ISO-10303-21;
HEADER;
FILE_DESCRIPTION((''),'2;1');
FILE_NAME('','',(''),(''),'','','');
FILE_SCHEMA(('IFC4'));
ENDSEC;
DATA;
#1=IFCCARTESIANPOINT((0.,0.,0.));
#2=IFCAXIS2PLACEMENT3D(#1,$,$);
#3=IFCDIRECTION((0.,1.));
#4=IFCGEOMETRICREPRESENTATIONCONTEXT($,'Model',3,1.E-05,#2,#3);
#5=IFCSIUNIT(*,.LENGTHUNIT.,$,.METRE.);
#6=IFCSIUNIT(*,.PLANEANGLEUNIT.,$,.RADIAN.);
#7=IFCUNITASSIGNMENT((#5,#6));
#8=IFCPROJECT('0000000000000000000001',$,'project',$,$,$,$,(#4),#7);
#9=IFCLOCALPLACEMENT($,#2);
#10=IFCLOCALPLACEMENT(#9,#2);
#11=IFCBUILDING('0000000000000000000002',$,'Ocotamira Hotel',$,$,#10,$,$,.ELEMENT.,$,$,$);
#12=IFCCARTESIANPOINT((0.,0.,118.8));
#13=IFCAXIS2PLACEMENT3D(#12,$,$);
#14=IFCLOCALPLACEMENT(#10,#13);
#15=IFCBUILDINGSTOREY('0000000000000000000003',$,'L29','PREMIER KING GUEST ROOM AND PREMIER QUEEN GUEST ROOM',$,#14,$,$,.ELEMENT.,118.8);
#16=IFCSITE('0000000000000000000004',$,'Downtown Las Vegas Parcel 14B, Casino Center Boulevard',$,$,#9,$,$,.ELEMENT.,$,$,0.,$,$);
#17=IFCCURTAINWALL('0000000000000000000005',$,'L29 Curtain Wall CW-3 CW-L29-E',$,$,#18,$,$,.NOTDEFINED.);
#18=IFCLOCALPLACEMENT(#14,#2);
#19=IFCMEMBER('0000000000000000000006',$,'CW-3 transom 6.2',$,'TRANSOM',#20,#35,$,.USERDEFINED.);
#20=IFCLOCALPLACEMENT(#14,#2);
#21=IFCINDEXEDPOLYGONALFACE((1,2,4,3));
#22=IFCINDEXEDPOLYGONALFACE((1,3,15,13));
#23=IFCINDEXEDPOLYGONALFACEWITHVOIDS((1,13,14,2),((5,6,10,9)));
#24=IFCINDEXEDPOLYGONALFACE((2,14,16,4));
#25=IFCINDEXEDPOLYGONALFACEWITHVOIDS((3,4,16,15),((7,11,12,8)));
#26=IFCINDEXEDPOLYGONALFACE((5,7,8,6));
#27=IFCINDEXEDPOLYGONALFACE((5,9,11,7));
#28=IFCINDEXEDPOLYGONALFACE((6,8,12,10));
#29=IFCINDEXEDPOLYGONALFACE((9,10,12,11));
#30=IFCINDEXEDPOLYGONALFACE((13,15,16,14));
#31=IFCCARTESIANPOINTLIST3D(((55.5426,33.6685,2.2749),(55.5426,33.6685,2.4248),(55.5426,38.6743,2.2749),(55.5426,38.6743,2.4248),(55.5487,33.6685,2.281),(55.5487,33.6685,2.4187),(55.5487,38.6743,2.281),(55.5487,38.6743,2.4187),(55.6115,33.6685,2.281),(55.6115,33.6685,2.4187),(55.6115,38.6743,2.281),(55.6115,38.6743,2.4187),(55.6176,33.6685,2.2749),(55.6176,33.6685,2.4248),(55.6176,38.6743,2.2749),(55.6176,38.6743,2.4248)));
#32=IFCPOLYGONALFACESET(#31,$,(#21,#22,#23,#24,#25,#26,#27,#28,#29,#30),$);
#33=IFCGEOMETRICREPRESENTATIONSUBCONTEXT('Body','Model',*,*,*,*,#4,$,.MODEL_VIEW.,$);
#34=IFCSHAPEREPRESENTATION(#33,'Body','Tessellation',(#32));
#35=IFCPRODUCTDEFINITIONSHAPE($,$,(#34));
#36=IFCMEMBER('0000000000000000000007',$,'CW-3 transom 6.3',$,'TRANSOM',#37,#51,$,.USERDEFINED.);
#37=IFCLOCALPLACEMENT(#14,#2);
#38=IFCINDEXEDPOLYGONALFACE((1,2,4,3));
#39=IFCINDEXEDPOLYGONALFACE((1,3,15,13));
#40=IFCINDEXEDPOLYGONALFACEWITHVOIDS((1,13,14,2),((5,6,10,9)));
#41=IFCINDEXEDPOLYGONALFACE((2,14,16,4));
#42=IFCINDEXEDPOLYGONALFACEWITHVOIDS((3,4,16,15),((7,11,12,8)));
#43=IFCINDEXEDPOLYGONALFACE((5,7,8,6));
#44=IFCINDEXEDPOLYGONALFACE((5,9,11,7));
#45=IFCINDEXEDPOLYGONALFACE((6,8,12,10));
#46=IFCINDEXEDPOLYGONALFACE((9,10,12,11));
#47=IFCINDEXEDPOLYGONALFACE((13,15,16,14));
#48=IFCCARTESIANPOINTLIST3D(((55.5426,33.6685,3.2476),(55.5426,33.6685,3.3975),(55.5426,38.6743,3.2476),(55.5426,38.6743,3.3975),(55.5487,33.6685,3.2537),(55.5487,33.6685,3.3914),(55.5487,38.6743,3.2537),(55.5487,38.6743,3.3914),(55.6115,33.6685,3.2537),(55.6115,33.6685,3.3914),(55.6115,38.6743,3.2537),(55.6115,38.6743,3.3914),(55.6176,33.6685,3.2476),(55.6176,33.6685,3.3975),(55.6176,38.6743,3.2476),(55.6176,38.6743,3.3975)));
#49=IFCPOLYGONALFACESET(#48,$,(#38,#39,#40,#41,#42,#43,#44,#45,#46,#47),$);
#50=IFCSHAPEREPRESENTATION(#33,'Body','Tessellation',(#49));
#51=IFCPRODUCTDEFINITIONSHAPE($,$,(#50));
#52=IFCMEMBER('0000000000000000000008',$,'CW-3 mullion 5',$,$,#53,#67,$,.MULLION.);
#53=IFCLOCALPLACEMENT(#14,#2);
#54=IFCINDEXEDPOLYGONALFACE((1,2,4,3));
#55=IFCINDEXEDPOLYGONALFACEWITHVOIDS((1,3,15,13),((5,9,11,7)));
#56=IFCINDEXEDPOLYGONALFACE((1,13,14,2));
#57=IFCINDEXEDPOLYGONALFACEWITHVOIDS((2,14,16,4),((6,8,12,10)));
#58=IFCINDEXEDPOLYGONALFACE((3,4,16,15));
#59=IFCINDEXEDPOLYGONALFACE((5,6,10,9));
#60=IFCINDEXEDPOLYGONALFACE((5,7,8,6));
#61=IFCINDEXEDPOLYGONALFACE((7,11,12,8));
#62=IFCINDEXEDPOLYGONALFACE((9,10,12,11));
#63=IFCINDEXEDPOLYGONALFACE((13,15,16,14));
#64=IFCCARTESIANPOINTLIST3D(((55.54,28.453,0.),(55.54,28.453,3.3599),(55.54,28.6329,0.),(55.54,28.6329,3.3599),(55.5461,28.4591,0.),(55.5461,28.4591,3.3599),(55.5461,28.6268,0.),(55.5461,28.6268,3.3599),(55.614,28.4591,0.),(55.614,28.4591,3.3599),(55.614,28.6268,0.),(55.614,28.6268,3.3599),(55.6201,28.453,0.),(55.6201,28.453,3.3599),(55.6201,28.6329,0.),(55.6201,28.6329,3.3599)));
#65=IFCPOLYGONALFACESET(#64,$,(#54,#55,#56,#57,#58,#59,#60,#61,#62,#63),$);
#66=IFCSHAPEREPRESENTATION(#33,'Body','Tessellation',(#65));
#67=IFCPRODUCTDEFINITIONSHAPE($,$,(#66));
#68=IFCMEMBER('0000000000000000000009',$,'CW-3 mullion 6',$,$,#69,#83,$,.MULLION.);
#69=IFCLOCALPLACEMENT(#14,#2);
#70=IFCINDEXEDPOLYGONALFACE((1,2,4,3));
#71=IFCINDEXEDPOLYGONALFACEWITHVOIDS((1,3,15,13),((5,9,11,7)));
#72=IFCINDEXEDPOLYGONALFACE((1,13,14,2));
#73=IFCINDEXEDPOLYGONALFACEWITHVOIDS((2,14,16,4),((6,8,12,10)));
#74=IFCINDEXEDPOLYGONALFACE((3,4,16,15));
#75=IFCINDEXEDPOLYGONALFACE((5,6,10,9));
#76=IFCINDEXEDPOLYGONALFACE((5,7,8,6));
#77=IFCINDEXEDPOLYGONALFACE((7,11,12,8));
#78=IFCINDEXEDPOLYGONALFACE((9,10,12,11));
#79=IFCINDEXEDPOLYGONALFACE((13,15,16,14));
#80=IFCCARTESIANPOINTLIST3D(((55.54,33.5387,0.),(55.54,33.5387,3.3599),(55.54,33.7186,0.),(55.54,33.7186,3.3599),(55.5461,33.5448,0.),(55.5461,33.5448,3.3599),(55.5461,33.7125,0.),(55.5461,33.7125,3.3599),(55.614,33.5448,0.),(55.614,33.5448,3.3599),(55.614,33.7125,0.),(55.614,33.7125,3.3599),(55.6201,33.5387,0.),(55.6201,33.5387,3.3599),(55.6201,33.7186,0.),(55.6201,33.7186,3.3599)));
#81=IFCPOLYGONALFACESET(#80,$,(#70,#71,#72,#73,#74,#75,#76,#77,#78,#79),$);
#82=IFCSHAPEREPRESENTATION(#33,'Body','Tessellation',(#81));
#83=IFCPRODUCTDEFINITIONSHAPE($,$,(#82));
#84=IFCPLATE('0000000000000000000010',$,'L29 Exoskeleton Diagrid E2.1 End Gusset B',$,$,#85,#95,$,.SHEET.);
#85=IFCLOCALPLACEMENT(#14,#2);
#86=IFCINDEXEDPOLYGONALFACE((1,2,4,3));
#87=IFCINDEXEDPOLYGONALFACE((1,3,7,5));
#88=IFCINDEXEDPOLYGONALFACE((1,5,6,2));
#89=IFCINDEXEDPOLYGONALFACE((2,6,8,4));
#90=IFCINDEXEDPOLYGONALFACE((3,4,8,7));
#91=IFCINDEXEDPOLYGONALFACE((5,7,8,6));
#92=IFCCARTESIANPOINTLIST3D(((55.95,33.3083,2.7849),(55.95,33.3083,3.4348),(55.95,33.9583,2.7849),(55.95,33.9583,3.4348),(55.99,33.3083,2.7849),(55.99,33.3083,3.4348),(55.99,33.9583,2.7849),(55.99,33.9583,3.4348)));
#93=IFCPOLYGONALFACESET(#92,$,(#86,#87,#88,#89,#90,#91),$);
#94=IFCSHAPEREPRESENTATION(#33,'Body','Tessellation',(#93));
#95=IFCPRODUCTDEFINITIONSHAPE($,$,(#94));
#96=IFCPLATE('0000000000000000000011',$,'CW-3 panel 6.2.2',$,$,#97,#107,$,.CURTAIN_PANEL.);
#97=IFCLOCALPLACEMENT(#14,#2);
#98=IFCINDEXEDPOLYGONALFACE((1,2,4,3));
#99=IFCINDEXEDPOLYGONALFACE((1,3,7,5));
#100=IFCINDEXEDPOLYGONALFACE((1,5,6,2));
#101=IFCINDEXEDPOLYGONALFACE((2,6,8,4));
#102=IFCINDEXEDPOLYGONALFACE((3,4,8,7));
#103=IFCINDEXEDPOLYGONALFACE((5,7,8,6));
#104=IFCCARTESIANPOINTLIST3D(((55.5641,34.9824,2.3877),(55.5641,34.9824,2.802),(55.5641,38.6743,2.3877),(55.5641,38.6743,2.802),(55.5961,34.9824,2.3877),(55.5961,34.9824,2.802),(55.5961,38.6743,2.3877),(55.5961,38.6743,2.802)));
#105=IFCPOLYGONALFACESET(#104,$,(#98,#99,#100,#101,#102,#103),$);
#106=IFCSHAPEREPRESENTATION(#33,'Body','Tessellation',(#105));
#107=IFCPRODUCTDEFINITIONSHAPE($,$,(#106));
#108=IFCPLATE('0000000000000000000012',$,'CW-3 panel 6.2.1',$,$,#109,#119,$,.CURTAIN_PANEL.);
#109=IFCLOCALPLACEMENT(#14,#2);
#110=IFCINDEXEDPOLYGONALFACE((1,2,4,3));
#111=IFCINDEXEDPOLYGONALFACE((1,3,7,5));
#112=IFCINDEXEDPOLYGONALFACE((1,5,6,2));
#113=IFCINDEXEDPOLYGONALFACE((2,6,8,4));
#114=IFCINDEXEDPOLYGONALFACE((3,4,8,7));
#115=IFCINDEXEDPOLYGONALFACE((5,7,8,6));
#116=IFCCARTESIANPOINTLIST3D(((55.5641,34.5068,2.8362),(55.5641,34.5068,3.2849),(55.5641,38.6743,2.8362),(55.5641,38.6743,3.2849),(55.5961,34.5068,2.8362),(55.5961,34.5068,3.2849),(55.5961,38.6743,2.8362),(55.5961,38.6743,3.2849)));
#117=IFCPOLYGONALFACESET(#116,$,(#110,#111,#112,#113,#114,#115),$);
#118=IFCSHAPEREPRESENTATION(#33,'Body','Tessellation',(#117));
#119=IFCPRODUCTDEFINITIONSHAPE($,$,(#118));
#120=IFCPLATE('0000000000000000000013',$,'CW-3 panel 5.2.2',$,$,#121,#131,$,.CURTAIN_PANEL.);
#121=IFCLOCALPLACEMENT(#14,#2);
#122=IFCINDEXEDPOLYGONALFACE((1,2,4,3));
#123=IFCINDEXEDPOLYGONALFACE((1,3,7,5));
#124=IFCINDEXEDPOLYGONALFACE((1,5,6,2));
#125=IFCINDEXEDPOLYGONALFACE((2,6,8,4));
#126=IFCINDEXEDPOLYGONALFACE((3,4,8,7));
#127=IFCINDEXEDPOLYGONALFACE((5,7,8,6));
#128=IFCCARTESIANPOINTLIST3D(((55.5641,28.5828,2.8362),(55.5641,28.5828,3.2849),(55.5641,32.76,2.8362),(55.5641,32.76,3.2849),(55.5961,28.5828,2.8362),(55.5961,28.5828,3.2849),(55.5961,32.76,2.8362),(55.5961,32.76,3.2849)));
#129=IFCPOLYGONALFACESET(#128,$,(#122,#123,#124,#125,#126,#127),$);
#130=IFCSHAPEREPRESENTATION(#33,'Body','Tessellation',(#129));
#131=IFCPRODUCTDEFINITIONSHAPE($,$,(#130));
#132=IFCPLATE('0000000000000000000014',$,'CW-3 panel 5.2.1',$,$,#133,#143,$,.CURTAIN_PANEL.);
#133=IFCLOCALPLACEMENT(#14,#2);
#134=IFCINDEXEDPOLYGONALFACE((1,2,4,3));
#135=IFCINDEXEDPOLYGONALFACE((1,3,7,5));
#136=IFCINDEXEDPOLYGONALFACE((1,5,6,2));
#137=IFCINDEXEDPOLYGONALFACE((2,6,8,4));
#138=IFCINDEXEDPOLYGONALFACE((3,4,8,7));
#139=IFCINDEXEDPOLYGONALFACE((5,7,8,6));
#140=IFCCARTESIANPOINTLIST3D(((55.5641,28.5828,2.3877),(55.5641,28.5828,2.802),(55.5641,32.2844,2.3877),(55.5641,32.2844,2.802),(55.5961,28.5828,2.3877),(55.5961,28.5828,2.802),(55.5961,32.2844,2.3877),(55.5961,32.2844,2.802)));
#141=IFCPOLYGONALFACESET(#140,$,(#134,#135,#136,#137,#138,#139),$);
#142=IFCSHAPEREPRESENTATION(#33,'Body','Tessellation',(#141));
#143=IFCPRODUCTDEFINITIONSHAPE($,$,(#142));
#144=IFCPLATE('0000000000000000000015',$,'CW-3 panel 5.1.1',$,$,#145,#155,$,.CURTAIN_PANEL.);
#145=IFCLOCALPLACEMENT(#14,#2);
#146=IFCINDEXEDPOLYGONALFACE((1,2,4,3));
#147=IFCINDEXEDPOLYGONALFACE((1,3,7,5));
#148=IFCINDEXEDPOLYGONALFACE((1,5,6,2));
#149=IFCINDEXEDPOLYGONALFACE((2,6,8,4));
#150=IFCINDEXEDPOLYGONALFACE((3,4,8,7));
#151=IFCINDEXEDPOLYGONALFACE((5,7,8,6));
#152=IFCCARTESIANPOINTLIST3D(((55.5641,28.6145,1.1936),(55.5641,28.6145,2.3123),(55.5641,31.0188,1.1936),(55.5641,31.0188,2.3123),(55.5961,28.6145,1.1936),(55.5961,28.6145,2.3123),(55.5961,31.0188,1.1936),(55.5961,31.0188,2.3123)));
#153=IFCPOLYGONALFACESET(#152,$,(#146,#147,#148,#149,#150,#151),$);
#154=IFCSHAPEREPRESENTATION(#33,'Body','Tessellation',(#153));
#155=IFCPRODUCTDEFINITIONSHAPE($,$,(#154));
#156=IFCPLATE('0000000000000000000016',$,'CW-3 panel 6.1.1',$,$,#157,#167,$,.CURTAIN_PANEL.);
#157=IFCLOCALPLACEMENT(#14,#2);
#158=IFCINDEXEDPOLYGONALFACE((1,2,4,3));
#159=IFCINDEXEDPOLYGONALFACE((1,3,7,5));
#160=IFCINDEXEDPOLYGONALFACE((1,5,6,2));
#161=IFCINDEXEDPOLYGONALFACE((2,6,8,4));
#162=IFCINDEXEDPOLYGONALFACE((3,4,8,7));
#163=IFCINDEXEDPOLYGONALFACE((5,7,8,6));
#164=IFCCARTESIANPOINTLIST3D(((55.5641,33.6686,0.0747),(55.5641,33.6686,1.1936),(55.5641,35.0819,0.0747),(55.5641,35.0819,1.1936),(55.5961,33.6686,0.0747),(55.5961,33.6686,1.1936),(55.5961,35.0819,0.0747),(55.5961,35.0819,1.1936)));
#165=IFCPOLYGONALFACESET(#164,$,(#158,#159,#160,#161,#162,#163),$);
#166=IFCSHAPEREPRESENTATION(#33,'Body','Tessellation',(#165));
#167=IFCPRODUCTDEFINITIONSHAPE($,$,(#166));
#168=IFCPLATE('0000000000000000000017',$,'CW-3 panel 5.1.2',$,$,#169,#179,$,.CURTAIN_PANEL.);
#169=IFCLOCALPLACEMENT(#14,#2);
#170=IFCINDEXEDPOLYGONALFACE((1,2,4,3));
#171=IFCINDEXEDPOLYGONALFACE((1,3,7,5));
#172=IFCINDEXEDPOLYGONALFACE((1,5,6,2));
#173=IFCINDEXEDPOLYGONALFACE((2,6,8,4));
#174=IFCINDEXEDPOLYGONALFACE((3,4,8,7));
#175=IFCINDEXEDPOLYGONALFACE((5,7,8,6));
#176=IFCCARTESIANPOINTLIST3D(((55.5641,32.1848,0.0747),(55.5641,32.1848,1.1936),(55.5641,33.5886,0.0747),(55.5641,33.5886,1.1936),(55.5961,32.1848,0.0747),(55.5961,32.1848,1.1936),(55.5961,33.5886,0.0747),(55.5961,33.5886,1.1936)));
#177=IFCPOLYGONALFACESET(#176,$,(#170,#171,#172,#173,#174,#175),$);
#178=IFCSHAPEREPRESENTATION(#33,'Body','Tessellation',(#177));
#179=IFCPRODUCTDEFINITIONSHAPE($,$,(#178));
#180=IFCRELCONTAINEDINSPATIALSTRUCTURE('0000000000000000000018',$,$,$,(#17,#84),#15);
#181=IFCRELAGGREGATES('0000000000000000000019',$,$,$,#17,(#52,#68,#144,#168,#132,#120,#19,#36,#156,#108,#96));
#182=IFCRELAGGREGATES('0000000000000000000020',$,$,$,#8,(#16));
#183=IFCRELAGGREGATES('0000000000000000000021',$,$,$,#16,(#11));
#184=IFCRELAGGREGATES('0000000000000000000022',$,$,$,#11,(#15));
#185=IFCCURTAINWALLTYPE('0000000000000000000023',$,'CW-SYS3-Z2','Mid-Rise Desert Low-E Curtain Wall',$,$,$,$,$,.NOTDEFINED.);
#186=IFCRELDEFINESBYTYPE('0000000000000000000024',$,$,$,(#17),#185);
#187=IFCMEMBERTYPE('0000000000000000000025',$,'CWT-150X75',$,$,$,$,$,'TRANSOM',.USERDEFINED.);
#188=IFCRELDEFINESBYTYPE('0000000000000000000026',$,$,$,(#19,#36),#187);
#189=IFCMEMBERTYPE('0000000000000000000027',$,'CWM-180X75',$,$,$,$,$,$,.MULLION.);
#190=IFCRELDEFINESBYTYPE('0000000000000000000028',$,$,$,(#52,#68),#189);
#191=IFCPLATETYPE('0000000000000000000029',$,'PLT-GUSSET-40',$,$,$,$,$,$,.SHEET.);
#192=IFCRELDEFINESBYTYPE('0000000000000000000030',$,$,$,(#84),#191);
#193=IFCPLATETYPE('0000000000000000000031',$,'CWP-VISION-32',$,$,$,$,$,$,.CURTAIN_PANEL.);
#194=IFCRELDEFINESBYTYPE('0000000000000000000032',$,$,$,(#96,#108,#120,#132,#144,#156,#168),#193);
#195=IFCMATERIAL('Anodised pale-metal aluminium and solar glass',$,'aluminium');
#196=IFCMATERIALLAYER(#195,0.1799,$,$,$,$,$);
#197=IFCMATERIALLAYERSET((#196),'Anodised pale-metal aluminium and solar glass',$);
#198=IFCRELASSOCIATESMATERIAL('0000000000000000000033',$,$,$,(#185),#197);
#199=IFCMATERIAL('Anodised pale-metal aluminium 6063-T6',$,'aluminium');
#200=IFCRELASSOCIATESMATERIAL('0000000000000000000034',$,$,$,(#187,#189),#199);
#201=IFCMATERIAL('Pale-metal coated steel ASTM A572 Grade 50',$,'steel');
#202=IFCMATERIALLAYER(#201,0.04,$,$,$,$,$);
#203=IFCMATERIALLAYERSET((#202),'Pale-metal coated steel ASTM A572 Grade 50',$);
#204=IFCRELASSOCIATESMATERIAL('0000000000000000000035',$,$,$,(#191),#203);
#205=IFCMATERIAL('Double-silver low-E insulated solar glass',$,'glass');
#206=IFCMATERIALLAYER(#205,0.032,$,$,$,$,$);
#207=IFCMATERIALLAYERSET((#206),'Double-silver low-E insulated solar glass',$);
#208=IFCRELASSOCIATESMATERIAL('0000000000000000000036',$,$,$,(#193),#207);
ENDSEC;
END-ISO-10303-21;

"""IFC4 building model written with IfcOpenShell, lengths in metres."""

from ifc_helpers import new_model, si_unit, direction, frame, origin, origin_2d, place, context, subcontext, project, spatial, rectangle, hollow_rectangle, extrude, source, transform, mapped, material, layer, layer_set, material_profile, profile_set, type_object, element, aggregate, save


model = new_model("IFC4")

# Units and contexts
model_context = context("Model", 3, precision=1e-05, world=origin(), true_north=direction((0.0, 1.0)))
body_context = subcontext(model_context, "Body", "Model", "MODEL_VIEW")
ifc_project = project(units=[si_unit("LENGTHUNIT", "METRE"), si_unit("PLANEANGLEUNIT", "RADIAN")], contexts=[model_context])

# Site, building, storey
site_placement = place(None, origin())
site = spatial("IfcSite", under=ifc_project, at=site_placement, Name="Downtown Las Vegas Parcel 14B, Casino Center Boulevard", CompositionType="ELEMENT", RefElevation=0.0)
building_placement = place(site_placement, origin())
building = spatial("IfcBuilding", under=site, at=building_placement, Name="Ocotamira Hotel", CompositionType="ELEMENT")
storey_placement = place(building_placement, frame((0.0, 0.0, 118.8)))
storey = spatial("IfcBuildingStorey", under=building, at=storey_placement, Name="L29", Description="PREMIER KING GUEST ROOM AND PREMIER QUEEN GUEST ROOM", CompositionType="ELEMENT", Elevation=118.8)

# Curtain wall, members
ifc_material_1 = material(Name="Anodised pale-metal aluminium and solar glass", Category="aluminium")
ifc_layer_1 = layer(ifc_material_1, 0.1799)
ifc_layer_set_1 = layer_set([ifc_layer_1], Name="Anodised pale-metal aluminium and solar glass")
curtain_wall_type = type_object("IfcCurtainWallType", Name="CW-SYS3-Z2", Description="Mid-Rise Desert Low-E Curtain Wall", PredefinedType="NOTDEFINED", material=ifc_layer_set_1)
curtain_wall_placement = place(storey_placement, origin())
curtain_wall = element("IfcCurtainWall", 1, at=curtain_wall_placement, inside=storey, type_object=curtain_wall_type, Name="L29 Curtain Wall CW-3 CW-L29-E", PredefinedType="NOTDEFINED")
ifc_material_2 = material(Name="Anodised pale-metal aluminium 6063-T6", Category="aluminium")
ifc_material_profile_1 = material_profile(ifc_material_2, hollow_rectangle(XDim=0.075, YDim=0.1499, WallThickness=0.0061, at=origin_2d()), Name="HSS150X75X6")
ifc_profile_set_1 = profile_set([ifc_material_profile_1], Name="Anodised pale-metal aluminium 6063-T6")
member_type_1 = type_object("IfcMemberType", Name="CWT-150X75", ElementType="TRANSOM", PredefinedType="USERDEFINED", material=ifc_profile_set_1)
shared_shape_1 = source(origin(), body_context, "Body", "SweptSolid", [
    extrude(hollow_rectangle(XDim=0.075, YDim=0.1499, WallThickness=0.0061, at=origin_2d()), origin(), (0.0, 0.0, 1.0), 5.0059),
])
member_1_placement = place(storey_placement, frame((55.5801, 33.6685, 2.3499), z_axis=(0.0, 1.0, 0.0), x_axis=(-1.0, 0.0, 0.0)))
member_1 = element("IfcMember", 2, at=member_1_placement, type_object=member_type_1, Name="CW-3 transom 6.2", ObjectType="TRANSOM", PredefinedType="USERDEFINED", context=body_context, shape_type="MappedRepresentation", body=[
    mapped(shared_shape_1, transform((0.0, 0.0, 0.0), scale=1.0)),
])
member_2_placement = place(storey_placement, frame((55.5801, 33.6685, 3.3225), z_axis=(0.0, 1.0, 0.0), x_axis=(-1.0, 0.0, 0.0)))
member_2 = element("IfcMember", 3, at=member_2_placement, type_object=member_type_1, Name="CW-3 transom 6.3", ObjectType="TRANSOM", PredefinedType="USERDEFINED", context=body_context, shape_type="MappedRepresentation", body=[
    mapped(shared_shape_1, transform((0.0, 0.0, 0.0), scale=1.0)),
])
ifc_material_profile_2 = material_profile(ifc_material_2, hollow_rectangle(XDim=0.0801, YDim=0.1799, WallThickness=0.0061, at=origin_2d()), Name="HSS180X80X6")
ifc_profile_set_2 = profile_set([ifc_material_profile_2], Name="Anodised pale-metal aluminium 6063-T6")
member_type_2 = type_object("IfcMemberType", Name="CWM-180X75", PredefinedType="MULLION", material=ifc_profile_set_2)
shared_shape_2 = source(origin(), body_context, "Body", "SweptSolid", [
    extrude(hollow_rectangle(XDim=0.0801, YDim=0.1799, WallThickness=0.0061, at=origin_2d()), origin(), (0.0, 0.0, 1.0), 3.3599),
])
member_3_placement = place(storey_placement, frame((55.5801, 28.543, 0.0), z_axis=(0.0, 0.0, 1.0), x_axis=(-1.0, 0.0, 0.0)))
member_3 = element("IfcMember", 4, at=member_3_placement, type_object=member_type_2, Name="CW-3 mullion 5", PredefinedType="MULLION", context=body_context, shape_type="MappedRepresentation", body=[
    mapped(shared_shape_2, transform((0.0, 0.0, 0.0), scale=1.0)),
])
member_4_placement = place(storey_placement, frame((55.5801, 33.6287, 0.0), z_axis=(0.0, 0.0, 1.0), x_axis=(-1.0, 0.0, 0.0)))
member_4 = element("IfcMember", 5, at=member_4_placement, type_object=member_type_2, Name="CW-3 mullion 6", PredefinedType="MULLION", context=body_context, shape_type="MappedRepresentation", body=[
    mapped(shared_shape_2, transform((0.0, 0.0, 0.0), scale=1.0)),
])

# Plates
ifc_material_3 = material(Name="Pale-metal coated steel ASTM A572 Grade 50", Category="steel")
ifc_layer_2 = layer(ifc_material_3, 0.04)
ifc_layer_set_2 = layer_set([ifc_layer_2], Name="Pale-metal coated steel ASTM A572 Grade 50")
plate_type_1 = type_object("IfcPlateType", Name="PLT-GUSSET-40", PredefinedType="SHEET", material=ifc_layer_set_2)
shared_shape_3 = source(origin(), body_context, "Body", "SweptSolid", [
    extrude(rectangle(XDim=0.04, YDim=0.6499, at=origin_2d()), origin(), (0.0, 0.0, 1.0), 0.6499),
])
plate_1_placement = place(storey_placement, frame((55.97, 33.6333, 2.7849), z_axis=(0.0, 0.0, 1.0), x_axis=(1.0, 0.0, 0.0)))
element("IfcPlate", 6, at=plate_1_placement, inside=storey, type_object=plate_type_1, Name="L29 Exoskeleton Diagrid E2.1 End Gusset B", PredefinedType="SHEET", context=body_context, shape_type="MappedRepresentation", body=[
    mapped(shared_shape_3, transform((0.0, 0.0, 0.0), scale=1.0)),
])
ifc_material_4 = material(Name="Double-silver low-E insulated solar glass", Category="glass")
ifc_layer_3 = layer(ifc_material_4, 0.032)
ifc_layer_set_3 = layer_set([ifc_layer_3], Name="Double-silver low-E insulated solar glass")
plate_type_2 = type_object("IfcPlateType", Name="CWP-VISION-32", PredefinedType="CURTAIN_PANEL", material=ifc_layer_set_3)
shared_shape_4 = source(origin(), body_context, "Body", "SweptSolid", [
    extrude(rectangle(XDim=3.6919, YDim=0.032, at=origin_2d()), origin(), (0.0, 0.0, 1.0), 0.4143),
])
plate_2_placement = place(storey_placement, frame((55.5801, 36.8284, 2.3877), z_axis=(0.0, 0.0, 1.0), x_axis=(0.0, 1.0, 0.0)))
plate_2 = element("IfcPlate", 7, at=plate_2_placement, type_object=plate_type_2, Name="CW-3 panel 6.2.2", PredefinedType="CURTAIN_PANEL", context=body_context, shape_type="MappedRepresentation", body=[
    mapped(shared_shape_4, transform((0.0, 0.0, 0.0), scale=1.0)),
])
shared_shape_5 = source(origin(), body_context, "Body", "SweptSolid", [
    extrude(rectangle(XDim=4.1675, YDim=0.032, at=origin_2d()), origin(), (0.0, 0.0, 1.0), 0.4487),
])
plate_3_placement = place(storey_placement, frame((55.5801, 36.5906, 2.8362), z_axis=(0.0, 0.0, 1.0), x_axis=(0.0, 1.0, 0.0)))
plate_3 = element("IfcPlate", 8, at=plate_3_placement, type_object=plate_type_2, Name="CW-3 panel 6.2.1", PredefinedType="CURTAIN_PANEL", context=body_context, shape_type="MappedRepresentation", body=[
    mapped(shared_shape_5, transform((0.0, 0.0, 0.0), scale=1.0)),
])
shared_shape_6 = source(origin(), body_context, "Body", "SweptSolid", [
    extrude(rectangle(XDim=4.1772, YDim=0.032, at=origin_2d()), origin(), (0.0, 0.0, 1.0), 0.4487),
])
plate_4_placement = place(storey_placement, frame((55.5801, 30.6714, 2.8362), z_axis=(0.0, 0.0, 1.0), x_axis=(0.0, 1.0, 0.0)))
plate_4 = element("IfcPlate", 9, at=plate_4_placement, type_object=plate_type_2, Name="CW-3 panel 5.2.2", PredefinedType="CURTAIN_PANEL", context=body_context, shape_type="MappedRepresentation", body=[
    mapped(shared_shape_6, transform((0.0, 0.0, 0.0), scale=1.0)),
])
shared_shape_7 = source(origin(), body_context, "Body", "SweptSolid", [
    extrude(rectangle(XDim=3.7017, YDim=0.032, at=origin_2d()), origin(), (0.0, 0.0, 1.0), 0.4143),
])
plate_5_placement = place(storey_placement, frame((55.5801, 30.4336, 2.3877), z_axis=(0.0, 0.0, 1.0), x_axis=(0.0, 1.0, 0.0)))
plate_5 = element("IfcPlate", 10, at=plate_5_placement, type_object=plate_type_2, Name="CW-3 panel 5.2.1", PredefinedType="CURTAIN_PANEL", context=body_context, shape_type="MappedRepresentation", body=[
    mapped(shared_shape_7, transform((0.0, 0.0, 0.0), scale=1.0)),
])
shared_shape_8 = source(origin(), body_context, "Body", "SweptSolid", [
    extrude(rectangle(XDim=2.4043, YDim=0.032, at=origin_2d()), origin(), (0.0, 0.0, 1.0), 1.1187),
])
plate_6_placement = place(storey_placement, frame((55.5801, 29.8167, 1.1936), z_axis=(0.0, 0.0, 1.0), x_axis=(0.0, 1.0, 0.0)))
plate_6 = element("IfcPlate", 11, at=plate_6_placement, type_object=plate_type_2, Name="CW-3 panel 5.1.1", PredefinedType="CURTAIN_PANEL", context=body_context, shape_type="MappedRepresentation", body=[
    mapped(shared_shape_8, transform((0.0, 0.0, 0.0), scale=1.0)),
])
shared_shape_9 = source(origin(), body_context, "Body", "SweptSolid", [
    extrude(rectangle(XDim=1.4133, YDim=0.032, at=origin_2d()), origin(), (0.0, 0.0, 1.0), 1.1189),
])
plate_7_placement = place(storey_placement, frame((55.5801, 34.3752, 0.0747), z_axis=(0.0, 0.0, 1.0), x_axis=(0.0, 1.0, 0.0)))
plate_7 = element("IfcPlate", 12, at=plate_7_placement, type_object=plate_type_2, Name="CW-3 panel 6.1.1", PredefinedType="CURTAIN_PANEL", context=body_context, shape_type="MappedRepresentation", body=[
    mapped(shared_shape_9, transform((0.0, 0.0, 0.0), scale=1.0)),
])
shared_shape_10 = source(origin(), body_context, "Body", "SweptSolid", [
    extrude(rectangle(XDim=1.4038, YDim=0.032, at=origin_2d()), origin(), (0.0, 0.0, 1.0), 1.1189),
])
plate_8_placement = place(storey_placement, frame((55.5801, 32.8867, 0.0747), z_axis=(0.0, 0.0, 1.0), x_axis=(0.0, 1.0, 0.0)))
plate_8 = element("IfcPlate", 13, at=plate_8_placement, type_object=plate_type_2, Name="CW-3 panel 5.1.2", PredefinedType="CURTAIN_PANEL", context=body_context, shape_type="MappedRepresentation", body=[
    mapped(shared_shape_10, transform((0.0, 0.0, 0.0), scale=1.0)),
])
aggregate(curtain_wall, [member_3, member_4, plate_6, plate_8, plate_5, plate_4, member_1, member_2, plate_7, plate_3, plate_2])

save(model, "model.ifc")
